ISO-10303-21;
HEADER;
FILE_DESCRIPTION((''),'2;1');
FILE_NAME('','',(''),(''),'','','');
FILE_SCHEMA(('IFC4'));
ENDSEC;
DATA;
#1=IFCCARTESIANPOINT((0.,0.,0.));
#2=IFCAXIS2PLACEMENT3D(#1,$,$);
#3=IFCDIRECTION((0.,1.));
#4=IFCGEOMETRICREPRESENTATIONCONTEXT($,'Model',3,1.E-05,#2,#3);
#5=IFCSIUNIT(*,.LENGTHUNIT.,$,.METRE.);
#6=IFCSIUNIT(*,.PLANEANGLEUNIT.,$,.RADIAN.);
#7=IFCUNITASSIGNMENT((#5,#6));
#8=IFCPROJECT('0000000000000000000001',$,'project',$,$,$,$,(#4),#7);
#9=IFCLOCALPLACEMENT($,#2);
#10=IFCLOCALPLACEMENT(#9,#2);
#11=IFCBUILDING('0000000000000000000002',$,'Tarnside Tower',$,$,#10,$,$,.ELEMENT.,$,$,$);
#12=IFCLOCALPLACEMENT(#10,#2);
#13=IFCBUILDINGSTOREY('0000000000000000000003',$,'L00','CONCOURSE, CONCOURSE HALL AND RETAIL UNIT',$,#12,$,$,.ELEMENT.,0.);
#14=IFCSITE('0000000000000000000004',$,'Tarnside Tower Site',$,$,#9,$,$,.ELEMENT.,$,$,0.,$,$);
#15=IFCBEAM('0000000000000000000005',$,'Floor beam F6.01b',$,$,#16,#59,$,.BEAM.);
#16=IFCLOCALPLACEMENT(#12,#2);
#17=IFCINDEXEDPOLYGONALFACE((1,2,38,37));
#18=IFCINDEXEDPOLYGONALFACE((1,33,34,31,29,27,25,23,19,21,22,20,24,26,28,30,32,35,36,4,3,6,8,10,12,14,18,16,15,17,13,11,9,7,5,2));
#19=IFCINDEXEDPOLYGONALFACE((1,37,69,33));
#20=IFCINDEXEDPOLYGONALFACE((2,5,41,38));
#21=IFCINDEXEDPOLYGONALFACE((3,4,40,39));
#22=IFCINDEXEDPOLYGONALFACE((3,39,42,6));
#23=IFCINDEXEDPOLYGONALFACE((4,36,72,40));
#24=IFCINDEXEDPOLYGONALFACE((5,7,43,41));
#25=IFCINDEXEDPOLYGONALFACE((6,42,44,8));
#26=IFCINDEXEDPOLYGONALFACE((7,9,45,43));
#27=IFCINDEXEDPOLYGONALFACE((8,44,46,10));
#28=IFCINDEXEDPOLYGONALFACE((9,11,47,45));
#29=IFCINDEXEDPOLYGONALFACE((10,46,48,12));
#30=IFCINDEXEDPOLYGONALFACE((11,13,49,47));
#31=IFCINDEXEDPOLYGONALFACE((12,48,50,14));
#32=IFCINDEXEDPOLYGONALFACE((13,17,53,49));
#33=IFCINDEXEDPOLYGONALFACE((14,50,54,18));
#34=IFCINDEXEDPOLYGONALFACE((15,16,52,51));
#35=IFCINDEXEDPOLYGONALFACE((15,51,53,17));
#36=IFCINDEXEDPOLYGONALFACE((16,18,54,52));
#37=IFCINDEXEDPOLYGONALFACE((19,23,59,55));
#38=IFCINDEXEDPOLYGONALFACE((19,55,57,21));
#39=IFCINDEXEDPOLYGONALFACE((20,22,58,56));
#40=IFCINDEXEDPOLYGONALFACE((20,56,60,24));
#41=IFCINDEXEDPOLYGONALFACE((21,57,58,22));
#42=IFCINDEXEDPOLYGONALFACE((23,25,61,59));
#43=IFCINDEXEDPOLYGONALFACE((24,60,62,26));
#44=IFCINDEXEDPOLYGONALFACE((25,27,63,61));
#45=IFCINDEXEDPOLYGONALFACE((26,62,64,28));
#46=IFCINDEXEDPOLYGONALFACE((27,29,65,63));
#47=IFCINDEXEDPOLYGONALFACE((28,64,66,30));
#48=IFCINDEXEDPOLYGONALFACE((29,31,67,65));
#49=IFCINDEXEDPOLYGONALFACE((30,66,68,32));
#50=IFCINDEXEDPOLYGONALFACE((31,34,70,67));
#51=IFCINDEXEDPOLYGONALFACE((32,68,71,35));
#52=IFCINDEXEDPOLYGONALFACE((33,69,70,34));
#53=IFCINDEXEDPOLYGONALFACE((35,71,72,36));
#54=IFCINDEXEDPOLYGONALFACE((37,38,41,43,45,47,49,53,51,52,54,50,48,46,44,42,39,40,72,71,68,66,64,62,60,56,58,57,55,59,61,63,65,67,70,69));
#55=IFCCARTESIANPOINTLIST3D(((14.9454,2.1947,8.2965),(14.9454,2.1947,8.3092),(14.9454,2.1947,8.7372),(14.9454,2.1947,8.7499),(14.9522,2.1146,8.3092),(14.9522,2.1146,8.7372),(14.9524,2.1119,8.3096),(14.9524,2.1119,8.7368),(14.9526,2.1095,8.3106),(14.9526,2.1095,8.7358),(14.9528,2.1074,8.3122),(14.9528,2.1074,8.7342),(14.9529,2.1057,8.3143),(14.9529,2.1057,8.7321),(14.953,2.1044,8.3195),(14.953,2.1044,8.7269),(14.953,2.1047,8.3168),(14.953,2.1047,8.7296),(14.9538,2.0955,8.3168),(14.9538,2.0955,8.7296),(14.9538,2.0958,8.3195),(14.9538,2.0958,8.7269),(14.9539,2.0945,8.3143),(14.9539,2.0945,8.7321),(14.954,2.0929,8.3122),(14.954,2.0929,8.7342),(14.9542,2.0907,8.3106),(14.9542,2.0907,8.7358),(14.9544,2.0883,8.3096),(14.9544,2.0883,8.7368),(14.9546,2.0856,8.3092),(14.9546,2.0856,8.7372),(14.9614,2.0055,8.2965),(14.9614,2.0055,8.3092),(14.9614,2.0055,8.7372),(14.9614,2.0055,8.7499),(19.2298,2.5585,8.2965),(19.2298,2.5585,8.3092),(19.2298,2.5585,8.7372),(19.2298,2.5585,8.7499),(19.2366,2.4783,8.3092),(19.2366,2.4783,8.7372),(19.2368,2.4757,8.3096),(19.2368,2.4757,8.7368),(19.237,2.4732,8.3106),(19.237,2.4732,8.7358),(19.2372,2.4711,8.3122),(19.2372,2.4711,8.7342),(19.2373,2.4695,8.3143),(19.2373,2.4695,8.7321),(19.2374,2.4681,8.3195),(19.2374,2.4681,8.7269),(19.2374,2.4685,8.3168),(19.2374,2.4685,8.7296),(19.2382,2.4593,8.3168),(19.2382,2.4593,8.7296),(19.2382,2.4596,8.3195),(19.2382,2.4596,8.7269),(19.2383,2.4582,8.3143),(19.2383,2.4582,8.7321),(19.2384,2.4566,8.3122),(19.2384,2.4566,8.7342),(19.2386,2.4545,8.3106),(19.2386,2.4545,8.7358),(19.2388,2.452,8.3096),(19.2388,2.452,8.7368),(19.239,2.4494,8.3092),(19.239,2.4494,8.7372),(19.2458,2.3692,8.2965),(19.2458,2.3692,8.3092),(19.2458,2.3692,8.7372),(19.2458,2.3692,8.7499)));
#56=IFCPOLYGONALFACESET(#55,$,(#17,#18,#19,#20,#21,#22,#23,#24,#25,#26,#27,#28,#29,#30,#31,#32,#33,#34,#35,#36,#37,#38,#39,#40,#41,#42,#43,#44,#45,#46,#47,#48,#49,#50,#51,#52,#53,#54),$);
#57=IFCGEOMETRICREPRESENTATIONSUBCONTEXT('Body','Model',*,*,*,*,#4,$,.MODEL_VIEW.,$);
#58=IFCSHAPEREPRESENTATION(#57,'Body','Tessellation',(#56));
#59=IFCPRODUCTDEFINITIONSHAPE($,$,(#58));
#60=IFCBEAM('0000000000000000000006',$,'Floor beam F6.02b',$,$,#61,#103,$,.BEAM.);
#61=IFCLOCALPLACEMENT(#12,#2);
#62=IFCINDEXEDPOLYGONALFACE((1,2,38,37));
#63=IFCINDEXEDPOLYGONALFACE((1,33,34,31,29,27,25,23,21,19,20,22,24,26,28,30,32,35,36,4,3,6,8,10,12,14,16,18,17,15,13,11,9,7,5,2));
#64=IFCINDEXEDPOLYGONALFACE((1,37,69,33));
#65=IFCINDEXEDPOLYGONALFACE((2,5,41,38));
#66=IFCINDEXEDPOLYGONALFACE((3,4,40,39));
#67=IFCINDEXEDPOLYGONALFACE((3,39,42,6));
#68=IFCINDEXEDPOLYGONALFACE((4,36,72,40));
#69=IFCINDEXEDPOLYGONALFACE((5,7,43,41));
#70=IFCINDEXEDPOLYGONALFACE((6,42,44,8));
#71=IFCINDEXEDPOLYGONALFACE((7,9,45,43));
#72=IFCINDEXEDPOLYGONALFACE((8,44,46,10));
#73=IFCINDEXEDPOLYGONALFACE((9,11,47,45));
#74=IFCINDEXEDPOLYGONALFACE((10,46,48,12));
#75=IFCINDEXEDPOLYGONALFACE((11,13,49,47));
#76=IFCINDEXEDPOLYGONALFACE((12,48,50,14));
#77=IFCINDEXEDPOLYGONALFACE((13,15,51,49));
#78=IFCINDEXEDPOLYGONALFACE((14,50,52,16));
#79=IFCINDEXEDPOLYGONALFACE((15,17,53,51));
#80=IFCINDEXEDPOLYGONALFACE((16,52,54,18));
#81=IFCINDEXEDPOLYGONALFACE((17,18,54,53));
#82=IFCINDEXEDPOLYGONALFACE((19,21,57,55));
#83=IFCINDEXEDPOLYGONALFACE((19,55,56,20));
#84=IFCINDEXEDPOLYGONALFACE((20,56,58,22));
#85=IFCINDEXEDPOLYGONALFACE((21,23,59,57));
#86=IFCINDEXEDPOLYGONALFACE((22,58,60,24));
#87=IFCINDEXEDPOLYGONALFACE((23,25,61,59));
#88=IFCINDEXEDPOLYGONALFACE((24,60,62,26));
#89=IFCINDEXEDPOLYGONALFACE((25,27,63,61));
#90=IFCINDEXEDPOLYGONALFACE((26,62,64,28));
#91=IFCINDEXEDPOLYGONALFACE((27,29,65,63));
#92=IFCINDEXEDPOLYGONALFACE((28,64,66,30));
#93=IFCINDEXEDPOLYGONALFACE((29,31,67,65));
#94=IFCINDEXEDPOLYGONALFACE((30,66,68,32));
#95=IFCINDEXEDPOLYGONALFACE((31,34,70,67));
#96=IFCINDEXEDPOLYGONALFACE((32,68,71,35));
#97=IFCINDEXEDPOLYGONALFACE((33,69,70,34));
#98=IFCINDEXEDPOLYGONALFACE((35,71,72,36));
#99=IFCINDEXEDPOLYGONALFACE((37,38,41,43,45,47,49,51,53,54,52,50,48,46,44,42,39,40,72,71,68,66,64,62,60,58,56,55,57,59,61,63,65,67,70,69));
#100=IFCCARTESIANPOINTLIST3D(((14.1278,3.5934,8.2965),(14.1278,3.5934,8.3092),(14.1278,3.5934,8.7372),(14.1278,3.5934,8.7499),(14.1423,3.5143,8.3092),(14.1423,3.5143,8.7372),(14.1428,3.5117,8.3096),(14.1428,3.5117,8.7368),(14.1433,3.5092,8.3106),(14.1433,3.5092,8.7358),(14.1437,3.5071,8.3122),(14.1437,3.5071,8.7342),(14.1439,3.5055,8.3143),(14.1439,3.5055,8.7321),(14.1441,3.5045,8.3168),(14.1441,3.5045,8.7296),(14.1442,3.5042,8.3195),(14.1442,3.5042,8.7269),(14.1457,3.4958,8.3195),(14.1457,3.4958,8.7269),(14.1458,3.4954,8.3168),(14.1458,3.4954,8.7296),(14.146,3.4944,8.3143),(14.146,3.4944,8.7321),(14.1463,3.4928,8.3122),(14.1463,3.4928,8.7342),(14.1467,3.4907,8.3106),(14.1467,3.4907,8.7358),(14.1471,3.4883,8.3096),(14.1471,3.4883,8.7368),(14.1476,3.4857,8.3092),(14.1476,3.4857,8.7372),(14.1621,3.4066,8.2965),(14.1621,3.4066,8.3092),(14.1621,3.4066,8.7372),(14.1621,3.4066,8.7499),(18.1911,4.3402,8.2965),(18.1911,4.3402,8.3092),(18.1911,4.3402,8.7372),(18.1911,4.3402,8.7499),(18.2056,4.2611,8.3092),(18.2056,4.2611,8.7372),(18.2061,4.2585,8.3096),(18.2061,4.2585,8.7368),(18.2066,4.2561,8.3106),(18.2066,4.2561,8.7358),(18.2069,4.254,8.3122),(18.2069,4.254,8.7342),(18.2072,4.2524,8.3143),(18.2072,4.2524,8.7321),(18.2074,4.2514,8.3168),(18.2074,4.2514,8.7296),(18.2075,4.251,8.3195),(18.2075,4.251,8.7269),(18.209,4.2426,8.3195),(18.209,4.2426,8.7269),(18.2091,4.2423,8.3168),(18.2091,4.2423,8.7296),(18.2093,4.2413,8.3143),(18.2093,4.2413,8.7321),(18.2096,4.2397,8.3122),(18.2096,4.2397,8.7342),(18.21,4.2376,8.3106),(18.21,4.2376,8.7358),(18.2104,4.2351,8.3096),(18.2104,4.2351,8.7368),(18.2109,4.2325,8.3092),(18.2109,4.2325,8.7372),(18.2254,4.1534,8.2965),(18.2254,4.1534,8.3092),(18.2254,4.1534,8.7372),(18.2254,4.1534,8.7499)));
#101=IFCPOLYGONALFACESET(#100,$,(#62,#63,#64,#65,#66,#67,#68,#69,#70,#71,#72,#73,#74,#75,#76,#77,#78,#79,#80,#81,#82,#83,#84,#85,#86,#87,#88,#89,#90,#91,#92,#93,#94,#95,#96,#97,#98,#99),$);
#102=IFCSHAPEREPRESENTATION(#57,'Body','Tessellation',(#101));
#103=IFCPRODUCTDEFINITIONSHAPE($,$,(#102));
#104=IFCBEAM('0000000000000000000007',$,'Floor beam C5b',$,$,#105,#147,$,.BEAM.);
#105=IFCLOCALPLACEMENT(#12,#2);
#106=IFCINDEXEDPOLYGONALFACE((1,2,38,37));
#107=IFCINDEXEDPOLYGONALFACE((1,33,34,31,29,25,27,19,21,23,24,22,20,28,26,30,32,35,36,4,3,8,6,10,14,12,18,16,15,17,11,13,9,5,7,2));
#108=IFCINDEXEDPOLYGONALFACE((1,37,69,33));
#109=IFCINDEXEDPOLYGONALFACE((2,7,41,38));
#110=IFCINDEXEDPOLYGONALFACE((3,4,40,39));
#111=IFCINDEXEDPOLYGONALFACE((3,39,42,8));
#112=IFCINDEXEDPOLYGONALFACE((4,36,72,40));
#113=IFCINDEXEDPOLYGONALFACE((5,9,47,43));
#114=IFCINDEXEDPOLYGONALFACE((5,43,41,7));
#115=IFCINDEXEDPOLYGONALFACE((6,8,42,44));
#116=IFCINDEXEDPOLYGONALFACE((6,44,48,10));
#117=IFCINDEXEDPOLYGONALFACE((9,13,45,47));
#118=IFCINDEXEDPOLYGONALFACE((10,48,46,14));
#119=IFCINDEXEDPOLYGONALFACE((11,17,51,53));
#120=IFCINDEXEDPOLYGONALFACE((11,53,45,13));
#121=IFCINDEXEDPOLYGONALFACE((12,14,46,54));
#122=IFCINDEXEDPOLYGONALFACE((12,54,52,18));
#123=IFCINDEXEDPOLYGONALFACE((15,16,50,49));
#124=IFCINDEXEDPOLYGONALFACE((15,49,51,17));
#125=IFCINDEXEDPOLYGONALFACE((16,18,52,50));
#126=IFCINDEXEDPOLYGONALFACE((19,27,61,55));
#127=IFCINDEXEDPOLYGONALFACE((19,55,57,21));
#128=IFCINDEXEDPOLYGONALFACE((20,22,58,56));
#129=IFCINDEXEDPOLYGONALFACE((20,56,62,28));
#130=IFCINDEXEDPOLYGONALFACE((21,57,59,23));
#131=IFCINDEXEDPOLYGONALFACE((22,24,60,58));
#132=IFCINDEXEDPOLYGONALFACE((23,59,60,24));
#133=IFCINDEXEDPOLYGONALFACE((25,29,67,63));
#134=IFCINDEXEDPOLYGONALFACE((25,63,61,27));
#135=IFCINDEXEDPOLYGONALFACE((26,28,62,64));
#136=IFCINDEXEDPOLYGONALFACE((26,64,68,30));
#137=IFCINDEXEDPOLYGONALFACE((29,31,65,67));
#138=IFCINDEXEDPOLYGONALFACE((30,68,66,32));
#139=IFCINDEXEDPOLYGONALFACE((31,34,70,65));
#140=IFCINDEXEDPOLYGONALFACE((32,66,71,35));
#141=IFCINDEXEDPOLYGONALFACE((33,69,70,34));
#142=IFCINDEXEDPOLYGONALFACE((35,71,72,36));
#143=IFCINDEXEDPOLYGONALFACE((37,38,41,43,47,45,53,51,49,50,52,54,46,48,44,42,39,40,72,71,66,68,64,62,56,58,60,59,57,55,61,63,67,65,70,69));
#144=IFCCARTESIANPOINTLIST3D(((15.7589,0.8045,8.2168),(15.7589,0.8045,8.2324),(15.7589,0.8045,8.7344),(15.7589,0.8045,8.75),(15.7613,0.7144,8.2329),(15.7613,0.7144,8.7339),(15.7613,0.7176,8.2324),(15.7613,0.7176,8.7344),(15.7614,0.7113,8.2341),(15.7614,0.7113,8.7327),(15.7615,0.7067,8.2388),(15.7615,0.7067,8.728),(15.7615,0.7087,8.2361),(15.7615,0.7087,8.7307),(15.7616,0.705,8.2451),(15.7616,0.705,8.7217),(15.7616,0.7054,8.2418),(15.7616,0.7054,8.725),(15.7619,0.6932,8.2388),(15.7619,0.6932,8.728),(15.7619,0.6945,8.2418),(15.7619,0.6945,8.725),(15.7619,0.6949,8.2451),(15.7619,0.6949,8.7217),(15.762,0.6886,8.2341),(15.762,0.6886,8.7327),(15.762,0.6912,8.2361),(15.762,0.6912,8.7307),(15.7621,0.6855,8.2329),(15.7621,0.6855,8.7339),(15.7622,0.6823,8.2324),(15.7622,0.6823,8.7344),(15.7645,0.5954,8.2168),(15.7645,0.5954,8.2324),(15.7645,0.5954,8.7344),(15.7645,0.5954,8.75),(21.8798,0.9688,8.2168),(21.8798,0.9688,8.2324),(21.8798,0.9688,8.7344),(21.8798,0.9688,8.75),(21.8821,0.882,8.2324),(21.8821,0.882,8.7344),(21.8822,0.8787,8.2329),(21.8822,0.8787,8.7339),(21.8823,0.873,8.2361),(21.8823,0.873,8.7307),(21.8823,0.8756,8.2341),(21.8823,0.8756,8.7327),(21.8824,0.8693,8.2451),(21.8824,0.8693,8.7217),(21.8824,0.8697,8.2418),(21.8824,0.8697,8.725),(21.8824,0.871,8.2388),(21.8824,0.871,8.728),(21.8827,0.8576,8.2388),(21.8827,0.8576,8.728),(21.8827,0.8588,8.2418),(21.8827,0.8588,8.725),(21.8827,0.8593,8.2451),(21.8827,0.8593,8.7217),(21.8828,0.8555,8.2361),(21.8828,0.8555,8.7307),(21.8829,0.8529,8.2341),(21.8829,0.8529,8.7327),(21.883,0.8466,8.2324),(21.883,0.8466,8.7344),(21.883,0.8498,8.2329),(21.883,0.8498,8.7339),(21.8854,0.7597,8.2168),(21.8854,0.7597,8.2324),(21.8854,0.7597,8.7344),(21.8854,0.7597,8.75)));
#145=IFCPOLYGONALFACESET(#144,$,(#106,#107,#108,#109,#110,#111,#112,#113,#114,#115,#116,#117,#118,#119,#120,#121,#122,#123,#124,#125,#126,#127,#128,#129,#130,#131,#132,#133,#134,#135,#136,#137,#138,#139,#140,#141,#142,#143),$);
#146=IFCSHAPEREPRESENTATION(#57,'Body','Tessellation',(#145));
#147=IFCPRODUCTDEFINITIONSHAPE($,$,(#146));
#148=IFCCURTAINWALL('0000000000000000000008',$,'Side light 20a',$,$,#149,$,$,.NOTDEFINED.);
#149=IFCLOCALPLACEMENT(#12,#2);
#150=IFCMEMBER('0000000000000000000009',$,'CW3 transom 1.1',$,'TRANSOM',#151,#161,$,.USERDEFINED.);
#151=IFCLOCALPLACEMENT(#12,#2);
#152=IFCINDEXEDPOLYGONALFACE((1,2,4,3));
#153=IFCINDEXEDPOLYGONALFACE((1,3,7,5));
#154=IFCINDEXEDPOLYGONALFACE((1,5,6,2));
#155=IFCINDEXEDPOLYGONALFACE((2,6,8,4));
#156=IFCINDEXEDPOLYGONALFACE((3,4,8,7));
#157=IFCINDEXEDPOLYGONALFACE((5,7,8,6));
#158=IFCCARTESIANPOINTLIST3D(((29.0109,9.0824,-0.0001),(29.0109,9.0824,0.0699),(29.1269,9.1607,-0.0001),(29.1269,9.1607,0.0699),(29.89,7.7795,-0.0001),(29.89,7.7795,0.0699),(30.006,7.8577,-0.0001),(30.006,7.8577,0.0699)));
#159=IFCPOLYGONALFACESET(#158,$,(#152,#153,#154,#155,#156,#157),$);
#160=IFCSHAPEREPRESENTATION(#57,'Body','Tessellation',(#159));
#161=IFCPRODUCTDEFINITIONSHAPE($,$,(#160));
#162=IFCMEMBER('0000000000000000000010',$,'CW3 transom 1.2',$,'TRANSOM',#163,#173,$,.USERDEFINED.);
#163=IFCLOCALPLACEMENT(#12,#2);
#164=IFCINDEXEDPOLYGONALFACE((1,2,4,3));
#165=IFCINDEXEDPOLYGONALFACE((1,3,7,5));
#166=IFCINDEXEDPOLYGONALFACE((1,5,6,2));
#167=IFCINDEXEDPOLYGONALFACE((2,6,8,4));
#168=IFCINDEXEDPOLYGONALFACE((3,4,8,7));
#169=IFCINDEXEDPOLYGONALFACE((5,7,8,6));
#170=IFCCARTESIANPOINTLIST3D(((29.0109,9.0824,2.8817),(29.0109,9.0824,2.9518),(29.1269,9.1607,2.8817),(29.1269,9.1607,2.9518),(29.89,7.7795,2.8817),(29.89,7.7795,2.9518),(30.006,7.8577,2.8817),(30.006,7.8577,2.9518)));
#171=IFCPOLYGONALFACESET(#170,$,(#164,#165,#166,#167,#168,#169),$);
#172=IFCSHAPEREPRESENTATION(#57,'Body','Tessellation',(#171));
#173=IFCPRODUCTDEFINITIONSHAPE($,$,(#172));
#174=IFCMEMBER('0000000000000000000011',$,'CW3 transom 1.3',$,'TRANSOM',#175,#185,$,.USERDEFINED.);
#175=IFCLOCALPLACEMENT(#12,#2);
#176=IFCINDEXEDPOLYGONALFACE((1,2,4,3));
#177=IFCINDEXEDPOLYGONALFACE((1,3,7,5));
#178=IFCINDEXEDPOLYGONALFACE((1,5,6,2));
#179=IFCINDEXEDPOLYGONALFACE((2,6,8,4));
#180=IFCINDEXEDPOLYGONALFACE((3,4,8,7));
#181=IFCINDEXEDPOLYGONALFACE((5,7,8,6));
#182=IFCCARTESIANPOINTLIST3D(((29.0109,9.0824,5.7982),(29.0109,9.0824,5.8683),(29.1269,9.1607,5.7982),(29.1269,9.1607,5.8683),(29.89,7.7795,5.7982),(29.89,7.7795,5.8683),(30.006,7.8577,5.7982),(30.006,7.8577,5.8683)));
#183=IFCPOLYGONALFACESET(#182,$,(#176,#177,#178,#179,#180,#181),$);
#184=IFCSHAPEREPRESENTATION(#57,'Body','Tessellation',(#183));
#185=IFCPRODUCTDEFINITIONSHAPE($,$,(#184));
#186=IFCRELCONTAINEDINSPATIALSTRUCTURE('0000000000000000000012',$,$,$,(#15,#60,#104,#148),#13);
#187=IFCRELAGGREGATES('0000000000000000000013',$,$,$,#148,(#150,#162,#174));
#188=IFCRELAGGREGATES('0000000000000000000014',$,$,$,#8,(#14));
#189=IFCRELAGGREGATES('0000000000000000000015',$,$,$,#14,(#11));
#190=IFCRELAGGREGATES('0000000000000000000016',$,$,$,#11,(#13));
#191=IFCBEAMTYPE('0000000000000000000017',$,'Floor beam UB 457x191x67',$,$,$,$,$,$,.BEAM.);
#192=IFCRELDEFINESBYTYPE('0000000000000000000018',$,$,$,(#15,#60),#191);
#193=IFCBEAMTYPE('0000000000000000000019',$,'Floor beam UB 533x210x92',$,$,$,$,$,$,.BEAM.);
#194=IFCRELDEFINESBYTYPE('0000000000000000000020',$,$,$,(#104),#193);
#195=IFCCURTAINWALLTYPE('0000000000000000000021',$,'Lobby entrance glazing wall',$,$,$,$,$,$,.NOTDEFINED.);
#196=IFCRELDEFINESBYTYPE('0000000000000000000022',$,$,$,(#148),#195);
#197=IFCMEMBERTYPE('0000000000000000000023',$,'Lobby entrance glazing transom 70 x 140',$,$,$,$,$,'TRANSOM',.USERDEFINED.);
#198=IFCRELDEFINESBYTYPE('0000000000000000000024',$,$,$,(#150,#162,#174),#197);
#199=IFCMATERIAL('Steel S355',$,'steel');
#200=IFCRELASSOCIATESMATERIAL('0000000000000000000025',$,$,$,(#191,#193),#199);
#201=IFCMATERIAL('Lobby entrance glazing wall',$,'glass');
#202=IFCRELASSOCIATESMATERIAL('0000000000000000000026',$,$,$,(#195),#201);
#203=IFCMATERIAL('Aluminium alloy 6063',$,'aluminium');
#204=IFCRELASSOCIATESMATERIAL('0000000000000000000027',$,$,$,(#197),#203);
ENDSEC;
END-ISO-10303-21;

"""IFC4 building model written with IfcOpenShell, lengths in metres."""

from ifc_helpers import new_model, si_unit, direction, frame, origin, origin_2d, place, context, subcontext, project, spatial, rectangle, i_section, extrude, material, material_profile, profile_set, type_object, element, aggregate, save


model = new_model("IFC4")

# Units and contexts
model_context = context("Model", 3, precision=1e-05, world=origin(), true_north=direction((0.0, 1.0)))
body_context = subcontext(model_context, "Body", "Model", "MODEL_VIEW")
ifc_project = project(units=[si_unit("LENGTHUNIT", "METRE"), si_unit("PLANEANGLEUNIT", "RADIAN")], contexts=[model_context])

# Site, building, storey
site_placement = place(None, origin())
site = spatial("IfcSite", under=ifc_project, at=site_placement, Name="Tarnside Tower Site", CompositionType="ELEMENT", RefElevation=0.0)
building_placement = place(site_placement, origin())
building = spatial("IfcBuilding", under=site, at=building_placement, Name="Tarnside Tower", CompositionType="ELEMENT")
storey_placement = place(building_placement, origin())
storey = spatial("IfcBuildingStorey", under=building, at=storey_placement, Name="L00", Description="CONCOURSE, CONCOURSE HALL AND RETAIL UNIT", CompositionType="ELEMENT", Elevation=0.0)

# Beams
ifc_material_1 = material(Name="Steel S355", Category="steel")
ifc_material_profile_1 = material_profile(ifc_material_1, i_section(OverallWidth=0.1899, OverallDepth=0.4534, WebThickness=0.0085, FlangeThickness=0.0127, FilletRadius=0.0103, at=origin_2d()), Name="UB 457x191x67")
ifc_profile_set_1 = profile_set([ifc_material_profile_1], Name="Steel S355")
beam_type_1 = type_object("IfcBeamType", Name="Floor beam UB 457x191x67", PredefinedType="BEAM", material=ifc_profile_set_1)
beam_1_placement = place(storey_placement, frame((19.2378, 2.4639, 8.5232), z_axis=(-0.996415, -0.084601, 0.0), x_axis=(0.084601, -0.996415, 0.0)))
element("IfcBeam", 1, at=beam_1_placement, inside=storey, type_object=beam_type_1, Name="Floor beam F6.01b", PredefinedType="BEAM", context=body_context, shape_type="SweptSolid", body=[
    extrude(i_section(OverallWidth=0.1899, OverallDepth=0.4534, WebThickness=0.0085, FlangeThickness=0.0127, FilletRadius=0.0103, at=origin_2d()), origin(), (0.0, 0.0, 1.0), 4.2998),
])
beam_2_placement = place(storey_placement, frame((18.2083, 4.2468, 8.5232), z_axis=(-0.983525, -0.180773, 0.0), x_axis=(0.180773, -0.983525, 0.0)))
element("IfcBeam", 2, at=beam_2_placement, inside=storey, type_object=beam_type_1, Name="Floor beam F6.02b", PredefinedType="BEAM", context=body_context, shape_type="SweptSolid", body=[
    extrude(i_section(OverallWidth=0.1899, OverallDepth=0.4534, WebThickness=0.0085, FlangeThickness=0.0127, FilletRadius=0.0103, at=origin_2d()), origin(), (0.0, 0.0, 1.0), 4.1313),
])
ifc_material_profile_2 = material_profile(ifc_material_1, i_section(OverallWidth=0.2092, OverallDepth=0.5332, WebThickness=0.01, FlangeThickness=0.0156, FilletRadius=0.0127, at=origin_2d()), Name="UB 533x210x92")
ifc_profile_set_2 = profile_set([ifc_material_profile_2], Name="Steel S355")
beam_type_2 = type_object("IfcBeamType", Name="Floor beam UB 533x210x92", PredefinedType="BEAM", material=ifc_profile_set_2)
beam_3_placement = place(storey_placement, frame((21.8826, 0.8643, 8.4834), z_axis=(-0.99964, -0.026834, 0.0), x_axis=(0.026834, -0.99964, 0.0)))
element("IfcBeam", 3, at=beam_3_placement, inside=storey, type_object=beam_type_2, Name="Floor beam C5b", PredefinedType="BEAM", context=body_context, shape_type="SweptSolid", body=[
    extrude(i_section(OverallWidth=0.2092, OverallDepth=0.5332, WebThickness=0.01, FlangeThickness=0.0156, FilletRadius=0.0127, at=origin_2d()), origin(), (0.0, 0.0, 1.0), 6.123),
])

# Curtain wall, members
ifc_material_2 = material(Name="Lobby entrance glazing wall", Category="glass")
curtain_wall_type = type_object("IfcCurtainWallType", Name="Lobby entrance glazing wall", PredefinedType="NOTDEFINED", material=ifc_material_2)
curtain_wall_placement = place(storey_placement, origin())
curtain_wall = element("IfcCurtainWall", 4, at=curtain_wall_placement, inside=storey, type_object=curtain_wall_type, Name="Side light 20a", PredefinedType="NOTDEFINED")
ifc_material_3 = material(Name="Aluminium alloy 6063", Category="aluminium")
ifc_material_profile_3 = material_profile(ifc_material_3, rectangle(XDim=0.1399, YDim=0.0701, at=origin_2d()), Name="Lobby entrance glazing transom 70 x 140")
ifc_profile_set_3 = profile_set([ifc_material_profile_3], Name="Aluminium alloy 6063")
member_type = type_object("IfcMemberType", Name="Lobby entrance glazing transom 70 x 140", ElementType="TRANSOM", PredefinedType="USERDEFINED", material=ifc_profile_set_3)
member_1_placement = place(storey_placement, frame((29.948, 7.8186, 0.0349), z_axis=(-0.559315, 0.828955, 0.0), x_axis=(-0.828955, -0.559315, 0.0)))
member_1 = element("IfcMember", 5, at=member_1_placement, type_object=member_type, Name="CW3 transom 1.1", ObjectType="TRANSOM", PredefinedType="USERDEFINED", context=body_context, shape_type="SweptSolid", body=[
    extrude(rectangle(XDim=0.1399, YDim=0.0701, at=origin_2d()), origin(), (0.0, 0.0, 1.0), 1.5718),
])
member_2_placement = place(storey_placement, frame((29.948, 7.8186, 2.9167), z_axis=(-0.559315, 0.828955, 0.0), x_axis=(-0.828955, -0.559315, 0.0)))
member_2 = element("IfcMember", 6, at=member_2_placement, type_object=member_type, Name="CW3 transom 1.2", ObjectType="TRANSOM", PredefinedType="USERDEFINED", context=body_context, shape_type="SweptSolid", body=[
    extrude(rectangle(XDim=0.1399, YDim=0.0701, at=origin_2d()), origin(), (0.0, 0.0, 1.0), 1.5718),
])
member_3_placement = place(storey_placement, frame((29.948, 7.8186, 5.8333), z_axis=(-0.559315, 0.828955, 0.0), x_axis=(-0.828955, -0.559315, 0.0)))
member_3 = element("IfcMember", 7, at=member_3_placement, type_object=member_type, Name="CW3 transom 1.3", ObjectType="TRANSOM", PredefinedType="USERDEFINED", context=body_context, shape_type="SweptSolid", body=[
    extrude(rectangle(XDim=0.1399, YDim=0.0701, at=origin_2d()), origin(), (0.0, 0.0, 1.0), 1.5718),
])

aggregate(curtain_wall, [member_1, member_2, member_3])

save(model, "model.ifc")
